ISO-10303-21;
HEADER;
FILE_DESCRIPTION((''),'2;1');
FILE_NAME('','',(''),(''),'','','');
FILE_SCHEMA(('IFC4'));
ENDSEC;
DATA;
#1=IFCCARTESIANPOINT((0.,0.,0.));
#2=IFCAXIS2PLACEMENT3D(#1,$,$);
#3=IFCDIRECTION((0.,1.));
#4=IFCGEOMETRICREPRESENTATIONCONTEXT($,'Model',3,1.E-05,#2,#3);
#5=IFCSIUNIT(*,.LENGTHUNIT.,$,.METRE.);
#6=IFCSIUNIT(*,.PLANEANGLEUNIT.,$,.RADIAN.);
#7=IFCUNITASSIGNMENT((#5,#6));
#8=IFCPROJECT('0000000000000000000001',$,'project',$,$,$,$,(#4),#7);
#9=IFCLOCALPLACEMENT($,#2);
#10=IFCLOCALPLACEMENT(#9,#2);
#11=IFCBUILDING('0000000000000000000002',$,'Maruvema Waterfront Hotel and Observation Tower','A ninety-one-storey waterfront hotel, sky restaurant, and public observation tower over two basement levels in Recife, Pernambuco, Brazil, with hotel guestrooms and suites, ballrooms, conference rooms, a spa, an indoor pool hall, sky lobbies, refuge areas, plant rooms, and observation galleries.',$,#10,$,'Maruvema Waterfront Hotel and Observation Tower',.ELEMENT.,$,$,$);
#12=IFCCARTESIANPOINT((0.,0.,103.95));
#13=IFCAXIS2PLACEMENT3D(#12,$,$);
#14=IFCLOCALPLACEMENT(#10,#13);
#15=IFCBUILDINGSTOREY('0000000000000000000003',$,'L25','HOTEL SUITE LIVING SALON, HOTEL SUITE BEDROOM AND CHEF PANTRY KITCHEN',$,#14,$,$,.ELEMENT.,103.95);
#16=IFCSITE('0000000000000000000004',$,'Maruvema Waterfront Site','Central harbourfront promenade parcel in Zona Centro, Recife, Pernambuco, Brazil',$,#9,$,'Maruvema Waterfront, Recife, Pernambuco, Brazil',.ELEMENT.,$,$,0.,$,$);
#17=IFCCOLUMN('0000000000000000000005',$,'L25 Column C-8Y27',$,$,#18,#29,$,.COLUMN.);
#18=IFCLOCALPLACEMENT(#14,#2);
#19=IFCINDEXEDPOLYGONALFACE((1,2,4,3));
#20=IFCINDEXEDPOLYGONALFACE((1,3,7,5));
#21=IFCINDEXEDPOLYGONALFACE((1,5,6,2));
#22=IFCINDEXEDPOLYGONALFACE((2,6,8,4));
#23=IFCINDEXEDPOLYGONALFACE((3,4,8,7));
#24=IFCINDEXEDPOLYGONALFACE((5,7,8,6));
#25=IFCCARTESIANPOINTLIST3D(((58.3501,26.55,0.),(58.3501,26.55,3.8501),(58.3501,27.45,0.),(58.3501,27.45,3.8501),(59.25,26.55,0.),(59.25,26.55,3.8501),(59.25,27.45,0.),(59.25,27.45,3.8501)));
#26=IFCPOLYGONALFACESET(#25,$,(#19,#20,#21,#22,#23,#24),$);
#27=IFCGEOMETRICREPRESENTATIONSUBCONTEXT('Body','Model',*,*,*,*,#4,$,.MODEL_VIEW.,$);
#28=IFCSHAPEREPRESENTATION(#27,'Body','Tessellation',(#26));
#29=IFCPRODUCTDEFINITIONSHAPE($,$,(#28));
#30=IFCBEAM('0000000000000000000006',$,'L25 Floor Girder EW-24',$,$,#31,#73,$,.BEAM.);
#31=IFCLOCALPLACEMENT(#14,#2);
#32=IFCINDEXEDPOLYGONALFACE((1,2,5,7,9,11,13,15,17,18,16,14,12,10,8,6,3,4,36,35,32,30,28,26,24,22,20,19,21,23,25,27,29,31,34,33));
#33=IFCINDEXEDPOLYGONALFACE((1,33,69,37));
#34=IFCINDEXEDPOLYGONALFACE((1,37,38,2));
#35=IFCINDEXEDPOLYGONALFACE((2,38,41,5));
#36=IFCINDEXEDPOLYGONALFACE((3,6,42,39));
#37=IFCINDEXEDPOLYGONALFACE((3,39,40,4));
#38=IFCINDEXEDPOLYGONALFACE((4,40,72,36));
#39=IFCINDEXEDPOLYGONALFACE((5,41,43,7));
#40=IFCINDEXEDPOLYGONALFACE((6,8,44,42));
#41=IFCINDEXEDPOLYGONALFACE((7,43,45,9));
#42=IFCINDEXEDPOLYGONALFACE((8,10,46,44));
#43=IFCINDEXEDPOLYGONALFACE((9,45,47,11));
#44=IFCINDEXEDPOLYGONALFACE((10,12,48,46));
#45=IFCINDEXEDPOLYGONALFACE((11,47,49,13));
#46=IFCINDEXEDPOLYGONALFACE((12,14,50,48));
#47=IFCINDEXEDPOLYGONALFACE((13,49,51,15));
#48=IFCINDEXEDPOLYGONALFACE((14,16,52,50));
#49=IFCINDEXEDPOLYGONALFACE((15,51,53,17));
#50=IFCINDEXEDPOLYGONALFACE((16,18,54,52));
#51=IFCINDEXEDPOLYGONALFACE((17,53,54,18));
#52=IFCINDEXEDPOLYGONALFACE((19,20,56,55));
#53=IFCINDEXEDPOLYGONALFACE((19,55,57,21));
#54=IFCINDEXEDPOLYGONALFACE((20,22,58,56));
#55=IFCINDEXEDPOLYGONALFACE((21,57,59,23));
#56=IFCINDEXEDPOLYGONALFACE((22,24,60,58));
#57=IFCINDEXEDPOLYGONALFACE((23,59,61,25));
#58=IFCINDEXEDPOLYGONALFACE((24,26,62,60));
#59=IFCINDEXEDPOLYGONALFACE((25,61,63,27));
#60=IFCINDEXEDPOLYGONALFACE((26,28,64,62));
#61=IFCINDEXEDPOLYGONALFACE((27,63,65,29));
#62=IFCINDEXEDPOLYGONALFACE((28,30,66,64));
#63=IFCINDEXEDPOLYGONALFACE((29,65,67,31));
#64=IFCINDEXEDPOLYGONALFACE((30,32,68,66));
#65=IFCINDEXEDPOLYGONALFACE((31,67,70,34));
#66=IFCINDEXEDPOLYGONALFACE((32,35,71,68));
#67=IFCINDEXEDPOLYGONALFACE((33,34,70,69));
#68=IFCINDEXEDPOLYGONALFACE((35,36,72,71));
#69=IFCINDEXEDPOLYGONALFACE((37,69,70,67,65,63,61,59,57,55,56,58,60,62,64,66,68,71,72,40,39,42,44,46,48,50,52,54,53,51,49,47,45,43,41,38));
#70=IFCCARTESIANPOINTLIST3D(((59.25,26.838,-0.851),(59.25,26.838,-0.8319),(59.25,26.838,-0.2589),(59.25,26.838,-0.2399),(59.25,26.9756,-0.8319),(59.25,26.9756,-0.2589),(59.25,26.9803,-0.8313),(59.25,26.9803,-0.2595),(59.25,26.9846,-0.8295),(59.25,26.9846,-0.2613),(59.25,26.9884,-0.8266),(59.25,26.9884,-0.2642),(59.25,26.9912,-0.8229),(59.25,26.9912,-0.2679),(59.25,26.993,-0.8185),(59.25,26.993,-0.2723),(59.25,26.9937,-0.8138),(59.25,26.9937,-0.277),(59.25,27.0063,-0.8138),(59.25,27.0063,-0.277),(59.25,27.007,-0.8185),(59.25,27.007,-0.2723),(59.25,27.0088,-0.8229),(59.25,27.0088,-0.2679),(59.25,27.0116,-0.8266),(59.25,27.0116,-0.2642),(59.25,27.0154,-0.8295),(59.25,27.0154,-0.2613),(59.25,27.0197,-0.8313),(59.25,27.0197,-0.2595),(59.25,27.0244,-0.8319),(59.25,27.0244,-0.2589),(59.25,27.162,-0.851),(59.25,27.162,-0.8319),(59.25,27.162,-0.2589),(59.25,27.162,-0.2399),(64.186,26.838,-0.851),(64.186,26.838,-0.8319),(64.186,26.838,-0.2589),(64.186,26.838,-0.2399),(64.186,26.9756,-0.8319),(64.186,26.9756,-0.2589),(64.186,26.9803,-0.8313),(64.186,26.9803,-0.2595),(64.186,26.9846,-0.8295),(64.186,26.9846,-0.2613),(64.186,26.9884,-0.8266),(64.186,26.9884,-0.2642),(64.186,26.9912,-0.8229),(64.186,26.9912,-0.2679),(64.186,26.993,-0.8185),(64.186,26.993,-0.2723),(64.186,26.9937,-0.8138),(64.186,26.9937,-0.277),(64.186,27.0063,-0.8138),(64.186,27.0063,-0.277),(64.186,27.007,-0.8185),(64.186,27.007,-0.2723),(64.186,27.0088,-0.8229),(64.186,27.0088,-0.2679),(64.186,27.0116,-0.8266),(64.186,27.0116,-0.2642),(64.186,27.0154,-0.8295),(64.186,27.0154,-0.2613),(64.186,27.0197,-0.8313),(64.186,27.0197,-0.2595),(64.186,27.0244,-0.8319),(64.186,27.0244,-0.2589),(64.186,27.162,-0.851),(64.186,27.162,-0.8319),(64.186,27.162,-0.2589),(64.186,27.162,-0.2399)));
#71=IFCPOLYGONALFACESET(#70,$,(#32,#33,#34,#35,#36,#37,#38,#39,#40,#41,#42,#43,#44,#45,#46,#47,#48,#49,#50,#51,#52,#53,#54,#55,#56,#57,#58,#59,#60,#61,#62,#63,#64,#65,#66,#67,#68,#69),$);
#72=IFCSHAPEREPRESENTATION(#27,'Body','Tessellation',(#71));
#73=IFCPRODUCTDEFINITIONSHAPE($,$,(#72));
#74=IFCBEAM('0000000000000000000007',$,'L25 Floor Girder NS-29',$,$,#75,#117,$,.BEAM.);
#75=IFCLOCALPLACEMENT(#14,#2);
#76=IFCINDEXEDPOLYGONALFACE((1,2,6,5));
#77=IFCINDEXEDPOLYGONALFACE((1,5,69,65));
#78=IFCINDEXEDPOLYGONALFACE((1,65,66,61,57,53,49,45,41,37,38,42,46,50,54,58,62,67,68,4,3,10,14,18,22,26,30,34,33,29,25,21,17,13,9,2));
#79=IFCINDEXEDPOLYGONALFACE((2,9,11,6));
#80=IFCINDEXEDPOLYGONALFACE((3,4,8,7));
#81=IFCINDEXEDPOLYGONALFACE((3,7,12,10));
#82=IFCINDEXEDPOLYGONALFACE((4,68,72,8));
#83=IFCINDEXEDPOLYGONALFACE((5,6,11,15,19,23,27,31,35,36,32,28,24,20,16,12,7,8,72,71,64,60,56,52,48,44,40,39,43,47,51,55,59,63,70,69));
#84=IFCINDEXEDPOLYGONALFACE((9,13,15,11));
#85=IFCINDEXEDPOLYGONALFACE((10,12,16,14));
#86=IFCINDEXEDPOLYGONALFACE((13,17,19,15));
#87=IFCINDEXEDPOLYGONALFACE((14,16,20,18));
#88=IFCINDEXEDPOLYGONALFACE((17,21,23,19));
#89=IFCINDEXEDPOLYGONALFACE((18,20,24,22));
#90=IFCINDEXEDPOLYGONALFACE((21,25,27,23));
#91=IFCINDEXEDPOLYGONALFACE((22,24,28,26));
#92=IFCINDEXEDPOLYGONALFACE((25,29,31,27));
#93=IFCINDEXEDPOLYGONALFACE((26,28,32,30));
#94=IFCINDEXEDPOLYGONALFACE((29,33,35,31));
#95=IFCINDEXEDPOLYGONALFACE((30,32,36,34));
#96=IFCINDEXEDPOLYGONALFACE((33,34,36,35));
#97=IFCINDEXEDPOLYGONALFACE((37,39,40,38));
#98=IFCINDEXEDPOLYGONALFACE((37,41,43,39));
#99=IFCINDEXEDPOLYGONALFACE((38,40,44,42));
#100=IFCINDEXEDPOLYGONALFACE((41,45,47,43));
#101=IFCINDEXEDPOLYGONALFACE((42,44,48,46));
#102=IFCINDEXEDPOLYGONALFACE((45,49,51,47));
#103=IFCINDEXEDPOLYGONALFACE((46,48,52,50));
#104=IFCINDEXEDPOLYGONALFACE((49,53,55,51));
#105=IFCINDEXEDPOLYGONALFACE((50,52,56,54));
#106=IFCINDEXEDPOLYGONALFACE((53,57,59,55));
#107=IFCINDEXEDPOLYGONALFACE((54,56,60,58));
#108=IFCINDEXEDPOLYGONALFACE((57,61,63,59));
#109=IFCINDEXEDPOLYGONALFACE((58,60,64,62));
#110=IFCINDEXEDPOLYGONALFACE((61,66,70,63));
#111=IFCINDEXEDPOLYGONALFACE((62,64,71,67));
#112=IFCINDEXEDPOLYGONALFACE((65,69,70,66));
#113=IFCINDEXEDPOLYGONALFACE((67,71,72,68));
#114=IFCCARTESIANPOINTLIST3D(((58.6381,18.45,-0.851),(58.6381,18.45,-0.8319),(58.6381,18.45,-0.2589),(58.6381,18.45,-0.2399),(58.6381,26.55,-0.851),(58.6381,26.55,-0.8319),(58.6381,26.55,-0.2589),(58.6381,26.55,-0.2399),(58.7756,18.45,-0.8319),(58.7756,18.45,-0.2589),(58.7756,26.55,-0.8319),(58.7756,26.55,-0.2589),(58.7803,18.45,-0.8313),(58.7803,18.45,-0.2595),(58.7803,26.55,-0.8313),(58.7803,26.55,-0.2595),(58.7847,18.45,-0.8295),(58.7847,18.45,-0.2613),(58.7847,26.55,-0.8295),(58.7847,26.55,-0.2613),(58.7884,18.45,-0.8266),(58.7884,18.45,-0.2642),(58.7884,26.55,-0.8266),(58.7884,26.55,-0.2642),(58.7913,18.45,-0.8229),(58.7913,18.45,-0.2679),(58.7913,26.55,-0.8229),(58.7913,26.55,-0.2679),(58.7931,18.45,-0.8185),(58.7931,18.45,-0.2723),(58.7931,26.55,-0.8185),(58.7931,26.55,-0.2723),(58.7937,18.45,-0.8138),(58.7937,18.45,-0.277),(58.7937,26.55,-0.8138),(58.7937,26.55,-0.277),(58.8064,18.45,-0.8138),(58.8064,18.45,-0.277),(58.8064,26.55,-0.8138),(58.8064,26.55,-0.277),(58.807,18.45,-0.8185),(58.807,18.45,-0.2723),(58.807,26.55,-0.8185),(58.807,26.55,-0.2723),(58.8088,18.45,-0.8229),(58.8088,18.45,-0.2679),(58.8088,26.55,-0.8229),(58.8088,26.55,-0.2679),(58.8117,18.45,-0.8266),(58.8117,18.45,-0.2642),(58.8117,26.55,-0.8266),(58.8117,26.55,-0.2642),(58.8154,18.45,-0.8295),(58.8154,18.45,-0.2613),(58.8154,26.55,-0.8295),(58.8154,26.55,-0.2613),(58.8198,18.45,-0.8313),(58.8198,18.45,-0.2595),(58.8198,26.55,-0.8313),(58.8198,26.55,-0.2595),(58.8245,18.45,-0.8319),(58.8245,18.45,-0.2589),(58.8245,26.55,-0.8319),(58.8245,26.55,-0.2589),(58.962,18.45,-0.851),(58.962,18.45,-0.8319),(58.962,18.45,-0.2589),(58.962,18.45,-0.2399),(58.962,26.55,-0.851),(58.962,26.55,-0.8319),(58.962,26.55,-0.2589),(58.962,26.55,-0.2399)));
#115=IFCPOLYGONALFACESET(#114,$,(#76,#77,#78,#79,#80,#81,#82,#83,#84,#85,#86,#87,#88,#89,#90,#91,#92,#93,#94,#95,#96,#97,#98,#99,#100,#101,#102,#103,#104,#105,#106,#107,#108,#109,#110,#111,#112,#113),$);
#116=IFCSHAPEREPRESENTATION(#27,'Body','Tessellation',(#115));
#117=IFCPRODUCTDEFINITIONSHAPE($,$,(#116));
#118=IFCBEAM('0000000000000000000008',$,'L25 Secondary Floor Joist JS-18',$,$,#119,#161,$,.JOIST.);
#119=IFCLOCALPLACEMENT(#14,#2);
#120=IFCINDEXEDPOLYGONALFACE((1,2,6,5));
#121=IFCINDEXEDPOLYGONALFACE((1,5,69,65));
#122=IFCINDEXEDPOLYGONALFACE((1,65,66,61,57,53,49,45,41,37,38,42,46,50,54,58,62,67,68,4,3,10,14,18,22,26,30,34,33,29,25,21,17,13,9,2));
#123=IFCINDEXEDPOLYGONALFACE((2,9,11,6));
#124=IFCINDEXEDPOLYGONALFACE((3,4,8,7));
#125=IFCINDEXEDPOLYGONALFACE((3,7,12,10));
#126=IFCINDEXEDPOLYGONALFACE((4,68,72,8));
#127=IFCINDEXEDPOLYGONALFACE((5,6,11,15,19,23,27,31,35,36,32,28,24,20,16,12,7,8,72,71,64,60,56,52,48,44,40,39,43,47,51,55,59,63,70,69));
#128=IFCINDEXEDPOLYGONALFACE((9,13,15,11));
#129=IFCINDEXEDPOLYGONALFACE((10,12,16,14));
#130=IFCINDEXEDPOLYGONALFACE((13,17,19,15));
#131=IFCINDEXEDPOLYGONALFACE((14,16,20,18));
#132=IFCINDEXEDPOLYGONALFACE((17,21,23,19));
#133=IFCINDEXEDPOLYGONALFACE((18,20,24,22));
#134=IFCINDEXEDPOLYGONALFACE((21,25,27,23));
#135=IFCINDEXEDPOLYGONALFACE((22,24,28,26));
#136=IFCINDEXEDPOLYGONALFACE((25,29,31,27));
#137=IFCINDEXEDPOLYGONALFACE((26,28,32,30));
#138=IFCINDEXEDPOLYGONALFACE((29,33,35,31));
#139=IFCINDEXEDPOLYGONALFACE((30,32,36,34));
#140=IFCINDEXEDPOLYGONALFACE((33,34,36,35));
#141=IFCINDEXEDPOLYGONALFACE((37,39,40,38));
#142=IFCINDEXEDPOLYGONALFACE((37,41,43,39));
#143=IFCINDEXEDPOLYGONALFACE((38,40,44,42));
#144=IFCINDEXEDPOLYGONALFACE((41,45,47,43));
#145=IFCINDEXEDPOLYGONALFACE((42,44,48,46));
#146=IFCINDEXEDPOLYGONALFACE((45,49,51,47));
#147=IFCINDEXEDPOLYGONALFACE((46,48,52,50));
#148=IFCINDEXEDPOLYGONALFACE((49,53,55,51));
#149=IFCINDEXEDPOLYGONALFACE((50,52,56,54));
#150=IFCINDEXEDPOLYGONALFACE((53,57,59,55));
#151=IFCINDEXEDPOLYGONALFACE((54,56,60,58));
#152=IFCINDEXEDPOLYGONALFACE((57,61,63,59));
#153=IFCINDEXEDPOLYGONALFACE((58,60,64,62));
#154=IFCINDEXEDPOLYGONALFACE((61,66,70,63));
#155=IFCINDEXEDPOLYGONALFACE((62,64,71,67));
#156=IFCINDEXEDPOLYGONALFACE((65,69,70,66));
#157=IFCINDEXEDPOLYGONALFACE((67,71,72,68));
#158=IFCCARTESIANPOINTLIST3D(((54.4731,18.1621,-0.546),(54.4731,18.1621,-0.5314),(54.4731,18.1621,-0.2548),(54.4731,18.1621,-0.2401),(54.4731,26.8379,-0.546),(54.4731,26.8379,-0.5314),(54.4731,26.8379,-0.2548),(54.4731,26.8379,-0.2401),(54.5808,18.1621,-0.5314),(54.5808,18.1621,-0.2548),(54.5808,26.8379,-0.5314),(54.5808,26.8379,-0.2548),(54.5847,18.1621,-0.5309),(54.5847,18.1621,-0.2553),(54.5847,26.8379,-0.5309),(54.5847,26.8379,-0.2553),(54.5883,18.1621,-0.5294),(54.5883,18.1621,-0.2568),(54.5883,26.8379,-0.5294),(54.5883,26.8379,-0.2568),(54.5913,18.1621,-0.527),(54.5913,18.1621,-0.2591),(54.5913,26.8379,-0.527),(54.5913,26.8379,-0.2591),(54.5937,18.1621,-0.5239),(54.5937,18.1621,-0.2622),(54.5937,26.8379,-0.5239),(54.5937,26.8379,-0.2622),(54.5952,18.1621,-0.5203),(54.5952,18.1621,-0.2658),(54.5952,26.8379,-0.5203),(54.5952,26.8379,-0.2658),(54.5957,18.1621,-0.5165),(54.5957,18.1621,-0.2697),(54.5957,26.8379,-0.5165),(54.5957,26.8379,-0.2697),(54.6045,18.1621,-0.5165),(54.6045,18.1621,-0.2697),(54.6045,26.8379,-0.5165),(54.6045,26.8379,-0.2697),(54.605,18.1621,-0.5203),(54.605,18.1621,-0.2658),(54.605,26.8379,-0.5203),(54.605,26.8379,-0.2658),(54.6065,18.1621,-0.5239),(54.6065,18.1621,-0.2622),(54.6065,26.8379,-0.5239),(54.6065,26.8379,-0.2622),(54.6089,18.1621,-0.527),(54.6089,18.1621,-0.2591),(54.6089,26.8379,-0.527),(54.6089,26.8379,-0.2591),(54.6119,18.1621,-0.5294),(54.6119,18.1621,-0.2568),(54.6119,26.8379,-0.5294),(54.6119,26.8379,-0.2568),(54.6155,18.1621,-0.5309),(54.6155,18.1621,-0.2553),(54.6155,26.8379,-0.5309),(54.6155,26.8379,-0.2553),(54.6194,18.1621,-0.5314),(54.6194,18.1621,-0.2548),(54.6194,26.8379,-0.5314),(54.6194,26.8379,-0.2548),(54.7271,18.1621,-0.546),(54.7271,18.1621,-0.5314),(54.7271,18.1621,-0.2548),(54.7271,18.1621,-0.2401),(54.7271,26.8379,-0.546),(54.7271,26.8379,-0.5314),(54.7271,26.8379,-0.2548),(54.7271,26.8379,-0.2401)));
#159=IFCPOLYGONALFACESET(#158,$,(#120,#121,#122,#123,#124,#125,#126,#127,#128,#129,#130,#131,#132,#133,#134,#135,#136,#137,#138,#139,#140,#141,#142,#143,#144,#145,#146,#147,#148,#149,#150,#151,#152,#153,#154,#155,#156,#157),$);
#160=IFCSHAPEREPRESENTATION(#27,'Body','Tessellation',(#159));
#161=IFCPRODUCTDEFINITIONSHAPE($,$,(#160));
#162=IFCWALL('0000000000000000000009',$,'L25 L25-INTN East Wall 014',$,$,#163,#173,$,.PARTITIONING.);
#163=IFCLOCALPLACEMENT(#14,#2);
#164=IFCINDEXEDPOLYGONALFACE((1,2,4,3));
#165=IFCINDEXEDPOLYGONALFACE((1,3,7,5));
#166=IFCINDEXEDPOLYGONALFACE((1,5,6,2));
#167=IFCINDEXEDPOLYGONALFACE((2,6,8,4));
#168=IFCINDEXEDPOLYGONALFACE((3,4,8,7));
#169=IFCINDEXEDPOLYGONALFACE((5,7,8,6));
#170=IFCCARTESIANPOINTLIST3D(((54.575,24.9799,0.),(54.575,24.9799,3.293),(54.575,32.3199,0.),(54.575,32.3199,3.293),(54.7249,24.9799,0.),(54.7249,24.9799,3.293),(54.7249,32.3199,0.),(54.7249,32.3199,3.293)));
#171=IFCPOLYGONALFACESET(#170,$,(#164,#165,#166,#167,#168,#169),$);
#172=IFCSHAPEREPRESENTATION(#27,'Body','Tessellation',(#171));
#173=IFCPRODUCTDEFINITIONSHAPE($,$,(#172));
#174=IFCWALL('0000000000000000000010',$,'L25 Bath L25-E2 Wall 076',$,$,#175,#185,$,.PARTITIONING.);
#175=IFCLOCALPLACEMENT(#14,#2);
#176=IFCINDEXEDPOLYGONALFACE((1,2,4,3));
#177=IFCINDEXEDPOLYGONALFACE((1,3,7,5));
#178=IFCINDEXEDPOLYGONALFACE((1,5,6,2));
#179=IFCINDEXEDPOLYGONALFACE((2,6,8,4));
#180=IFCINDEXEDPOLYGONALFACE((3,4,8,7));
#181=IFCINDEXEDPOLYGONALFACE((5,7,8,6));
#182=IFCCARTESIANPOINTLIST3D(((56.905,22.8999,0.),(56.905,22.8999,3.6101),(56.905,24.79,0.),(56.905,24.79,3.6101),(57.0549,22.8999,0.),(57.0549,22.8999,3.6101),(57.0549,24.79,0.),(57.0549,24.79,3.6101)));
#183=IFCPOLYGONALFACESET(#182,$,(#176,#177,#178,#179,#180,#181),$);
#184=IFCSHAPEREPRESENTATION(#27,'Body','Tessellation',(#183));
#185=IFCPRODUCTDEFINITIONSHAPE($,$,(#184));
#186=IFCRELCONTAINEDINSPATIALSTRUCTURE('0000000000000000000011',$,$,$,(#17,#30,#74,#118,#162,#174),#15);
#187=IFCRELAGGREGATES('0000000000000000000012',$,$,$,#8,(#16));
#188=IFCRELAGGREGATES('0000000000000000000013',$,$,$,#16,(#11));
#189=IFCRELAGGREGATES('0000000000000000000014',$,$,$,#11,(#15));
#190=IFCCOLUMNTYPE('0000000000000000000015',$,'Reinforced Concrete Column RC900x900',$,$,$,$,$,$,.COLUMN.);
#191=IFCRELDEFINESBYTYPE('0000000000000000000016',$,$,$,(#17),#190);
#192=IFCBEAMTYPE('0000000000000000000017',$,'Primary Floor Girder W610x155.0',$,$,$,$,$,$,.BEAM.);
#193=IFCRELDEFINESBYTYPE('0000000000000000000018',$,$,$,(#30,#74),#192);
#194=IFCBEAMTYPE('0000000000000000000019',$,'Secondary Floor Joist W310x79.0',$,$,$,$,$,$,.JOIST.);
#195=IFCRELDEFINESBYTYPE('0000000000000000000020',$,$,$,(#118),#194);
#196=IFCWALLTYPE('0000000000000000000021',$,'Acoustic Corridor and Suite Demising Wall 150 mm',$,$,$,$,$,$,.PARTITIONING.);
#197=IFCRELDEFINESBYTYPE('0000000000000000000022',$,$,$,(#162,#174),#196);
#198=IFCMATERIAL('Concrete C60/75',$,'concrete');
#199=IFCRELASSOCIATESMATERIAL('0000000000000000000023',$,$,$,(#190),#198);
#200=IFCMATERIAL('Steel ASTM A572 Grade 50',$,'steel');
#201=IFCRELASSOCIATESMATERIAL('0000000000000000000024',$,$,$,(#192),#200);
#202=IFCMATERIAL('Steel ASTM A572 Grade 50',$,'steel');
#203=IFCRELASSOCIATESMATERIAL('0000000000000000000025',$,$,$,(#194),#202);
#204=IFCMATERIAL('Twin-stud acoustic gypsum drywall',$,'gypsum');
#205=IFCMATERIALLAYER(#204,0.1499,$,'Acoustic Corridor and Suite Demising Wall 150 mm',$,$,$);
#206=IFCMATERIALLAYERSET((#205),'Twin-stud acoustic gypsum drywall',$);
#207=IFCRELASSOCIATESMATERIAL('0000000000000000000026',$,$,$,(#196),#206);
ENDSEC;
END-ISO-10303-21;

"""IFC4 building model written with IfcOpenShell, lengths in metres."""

from ifc_helpers import new_model, si_unit, direction, frame, frame_2d, origin, origin_2d, place, context, subcontext, project, spatial, rectangle, i_section, extrude, material, layer, layer_set, material_profile, profile_set, type_object, element, save


model = new_model("IFC4")

# Units and contexts
model_context = context("Model", 3, precision=1e-05, world=origin(), true_north=direction((0.0, 1.0)))
body_context = subcontext(model_context, "Body", "Model", "MODEL_VIEW")
ifc_project = project(units=[si_unit("LENGTHUNIT", "METRE"), si_unit("PLANEANGLEUNIT", "RADIAN")], contexts=[model_context])

# Site, building, storey
site_placement = place(None, origin())
site = spatial("IfcSite", under=ifc_project, at=site_placement, Name="Maruvema Waterfront Site", Description="Central harbourfront promenade parcel in Zona Centro, Recife, Pernambuco, Brazil", LongName="Maruvema Waterfront, Recife, Pernambuco, Brazil", CompositionType="ELEMENT", RefElevation=0.0)
building_placement = place(site_placement, origin())
building = spatial("IfcBuilding", under=site, at=building_placement, Name="Maruvema Waterfront Hotel and Observation Tower", Description="A ninety-one-storey waterfront hotel, sky restaurant, and public observation tower over two basement levels in Recife, Pernambuco, Brazil, with hotel guestrooms and suites, ballrooms, conference rooms, a spa, an indoor pool hall, sky lobbies, refuge areas, plant rooms, and observation galleries.", LongName="Maruvema Waterfront Hotel and Observation Tower", CompositionType="ELEMENT")
storey_placement = place(building_placement, frame((0.0, 0.0, 103.95)))
storey = spatial("IfcBuildingStorey", under=building, at=storey_placement, Name="L25", Description="HOTEL SUITE LIVING SALON, HOTEL SUITE BEDROOM AND CHEF PANTRY KITCHEN", CompositionType="ELEMENT", Elevation=103.95)

# Column
ifc_material_1 = material(Name="Concrete C60/75", Category="concrete")
ifc_material_profile_1 = material_profile(ifc_material_1, rectangle(XDim=0.8999, YDim=0.8999, at=origin_2d()), Name="RC900x900")
ifc_profile_set_1 = profile_set([ifc_material_profile_1], Name="Concrete C60/75")
column_type = type_object("IfcColumnType", Name="Reinforced Concrete Column RC900x900", PredefinedType="COLUMN", material=ifc_profile_set_1)
column_placement = place(storey_placement, frame((58.8, 27.0, 0.0), z_axis=(0.0, 0.0, 1.0), x_axis=(1.0, 0.0, 0.0)))
element("IfcColumn", 1, at=column_placement, inside=storey, type_object=column_type, Name="L25 Column C-8Y27", PredefinedType="COLUMN", context=body_context, shape_type="SweptSolid", body=[
    extrude(rectangle(XDim=0.8999, YDim=0.8999, at=origin_2d()), origin(), (0.0, 0.0, 1.0), 3.8501),
])

# Beams
ifc_material_2 = material(Name="Steel ASTM A572 Grade 50", Category="steel")
ifc_material_profile_2 = material_profile(ifc_material_2, i_section(OverallWidth=0.324, OverallDepth=0.6111, WebThickness=0.0127, FlangeThickness=0.019, FilletRadius=0.0181, at=origin_2d()), Name="W610x155.0")
ifc_profile_set_2 = profile_set([ifc_material_profile_2], Name="Steel ASTM A572 Grade 50")
beam_type_1 = type_object("IfcBeamType", Name="Primary Floor Girder W610x155.0", PredefinedType="BEAM", material=ifc_profile_set_2)
beam_1_placement = place(storey_placement, frame((59.25, 27.0, -0.5454), z_axis=(1.0, 0.0, 0.0), x_axis=(0.0, 1.0, 0.0)))
element("IfcBeam", 2, at=beam_1_placement, inside=storey, type_object=beam_type_1, Name="L25 Floor Girder EW-24", PredefinedType="BEAM", context=body_context, shape_type="SweptSolid", body=[
    extrude(i_section(OverallWidth=0.324, OverallDepth=0.6111, WebThickness=0.0127, FlangeThickness=0.019, FilletRadius=0.0181, at=origin_2d()), origin(), (0.0, 0.0, 1.0), 4.936),
])
beam_2_placement = place(storey_placement, frame((58.8, 18.45, -0.5454), z_axis=(0.0, 1.0, 0.0), x_axis=(-1.0, 0.0, 0.0)))
element("IfcBeam", 3, at=beam_2_placement, inside=storey, type_object=beam_type_1, Name="L25 Floor Girder NS-29", PredefinedType="BEAM", context=body_context, shape_type="SweptSolid", body=[
    extrude(i_section(OverallWidth=0.324, OverallDepth=0.6111, WebThickness=0.0127, FlangeThickness=0.019, FilletRadius=0.0181, at=origin_2d()), origin(), (0.0, 0.0, 1.0), 8.1001),
])
ifc_material_3 = material(Name="Steel ASTM A572 Grade 50", Category="steel")
ifc_material_profile_3 = material_profile(ifc_material_3, i_section(OverallWidth=0.2539, OverallDepth=0.3059, WebThickness=0.0088, FlangeThickness=0.0146, FilletRadius=0.0149, at=origin_2d()), Name="W310x79.0")
ifc_profile_set_3 = profile_set([ifc_material_profile_3], Name="Steel ASTM A572 Grade 50")
beam_type_2 = type_object("IfcBeamType", Name="Secondary Floor Joist W310x79.0", PredefinedType="JOIST", material=ifc_profile_set_3)
beam_3_placement = place(storey_placement, frame((54.6001, 18.1621, -0.3931), z_axis=(0.0, 1.0, 0.0), x_axis=(-1.0, 0.0, 0.0)))
element("IfcBeam", 4, at=beam_3_placement, inside=storey, type_object=beam_type_2, Name="L25 Secondary Floor Joist JS-18", PredefinedType="JOIST", context=body_context, shape_type="SweptSolid", body=[
    extrude(i_section(OverallWidth=0.2539, OverallDepth=0.3059, WebThickness=0.0088, FlangeThickness=0.0146, FilletRadius=0.0149, at=origin_2d()), origin(), (0.0, 0.0, 1.0), 8.6758),
])

# Wall
ifc_material_4 = material(Name="Twin-stud acoustic gypsum drywall", Category="gypsum")
ifc_layer_1 = layer(ifc_material_4, 0.1499, Name="Acoustic Corridor and Suite Demising Wall 150 mm")
ifc_layer_set_1 = layer_set([ifc_layer_1], Name="Twin-stud acoustic gypsum drywall")
wall_type_1 = type_object("IfcWallType", Name="Acoustic Corridor and Suite Demising Wall 150 mm", PredefinedType="PARTITIONING", material=ifc_layer_set_1)
wall_1_placement = place(storey_placement, frame((54.6499, 24.98, 0.0), z_axis=(0.0, 0.0, 1.0), x_axis=(0.0, 1.0, 0.0)))
element("IfcWall", 5, at=wall_1_placement, inside=storey, type_object=wall_type_1, Name="L25 L25-INTN East Wall 014", PredefinedType="PARTITIONING", context=body_context, shape_type="SweptSolid", body=[
    extrude(rectangle(XDim=7.3401, YDim=0.1499, at=frame_2d((3.6699, 0.0))), origin(), (0.0, 0.0, 1.0), 3.293),
])

# Wall
wall_2_placement = place(storey_placement, frame((56.98, 22.8999, 0.0), z_axis=(0.0, 0.0, 1.0), x_axis=(0.0, 1.0, 0.0)))
element("IfcWall", 6, at=wall_2_placement, inside=storey, type_object=wall_type_1, Name="L25 Bath L25-E2 Wall 076", PredefinedType="PARTITIONING", context=body_context, shape_type="SweptSolid", body=[
    extrude(rectangle(XDim=1.8901, YDim=0.1499, at=frame_2d((0.9451, 0.0))), origin(), (0.0, 0.0, 1.0), 3.6101),
])

save(model, "model.ifc")
